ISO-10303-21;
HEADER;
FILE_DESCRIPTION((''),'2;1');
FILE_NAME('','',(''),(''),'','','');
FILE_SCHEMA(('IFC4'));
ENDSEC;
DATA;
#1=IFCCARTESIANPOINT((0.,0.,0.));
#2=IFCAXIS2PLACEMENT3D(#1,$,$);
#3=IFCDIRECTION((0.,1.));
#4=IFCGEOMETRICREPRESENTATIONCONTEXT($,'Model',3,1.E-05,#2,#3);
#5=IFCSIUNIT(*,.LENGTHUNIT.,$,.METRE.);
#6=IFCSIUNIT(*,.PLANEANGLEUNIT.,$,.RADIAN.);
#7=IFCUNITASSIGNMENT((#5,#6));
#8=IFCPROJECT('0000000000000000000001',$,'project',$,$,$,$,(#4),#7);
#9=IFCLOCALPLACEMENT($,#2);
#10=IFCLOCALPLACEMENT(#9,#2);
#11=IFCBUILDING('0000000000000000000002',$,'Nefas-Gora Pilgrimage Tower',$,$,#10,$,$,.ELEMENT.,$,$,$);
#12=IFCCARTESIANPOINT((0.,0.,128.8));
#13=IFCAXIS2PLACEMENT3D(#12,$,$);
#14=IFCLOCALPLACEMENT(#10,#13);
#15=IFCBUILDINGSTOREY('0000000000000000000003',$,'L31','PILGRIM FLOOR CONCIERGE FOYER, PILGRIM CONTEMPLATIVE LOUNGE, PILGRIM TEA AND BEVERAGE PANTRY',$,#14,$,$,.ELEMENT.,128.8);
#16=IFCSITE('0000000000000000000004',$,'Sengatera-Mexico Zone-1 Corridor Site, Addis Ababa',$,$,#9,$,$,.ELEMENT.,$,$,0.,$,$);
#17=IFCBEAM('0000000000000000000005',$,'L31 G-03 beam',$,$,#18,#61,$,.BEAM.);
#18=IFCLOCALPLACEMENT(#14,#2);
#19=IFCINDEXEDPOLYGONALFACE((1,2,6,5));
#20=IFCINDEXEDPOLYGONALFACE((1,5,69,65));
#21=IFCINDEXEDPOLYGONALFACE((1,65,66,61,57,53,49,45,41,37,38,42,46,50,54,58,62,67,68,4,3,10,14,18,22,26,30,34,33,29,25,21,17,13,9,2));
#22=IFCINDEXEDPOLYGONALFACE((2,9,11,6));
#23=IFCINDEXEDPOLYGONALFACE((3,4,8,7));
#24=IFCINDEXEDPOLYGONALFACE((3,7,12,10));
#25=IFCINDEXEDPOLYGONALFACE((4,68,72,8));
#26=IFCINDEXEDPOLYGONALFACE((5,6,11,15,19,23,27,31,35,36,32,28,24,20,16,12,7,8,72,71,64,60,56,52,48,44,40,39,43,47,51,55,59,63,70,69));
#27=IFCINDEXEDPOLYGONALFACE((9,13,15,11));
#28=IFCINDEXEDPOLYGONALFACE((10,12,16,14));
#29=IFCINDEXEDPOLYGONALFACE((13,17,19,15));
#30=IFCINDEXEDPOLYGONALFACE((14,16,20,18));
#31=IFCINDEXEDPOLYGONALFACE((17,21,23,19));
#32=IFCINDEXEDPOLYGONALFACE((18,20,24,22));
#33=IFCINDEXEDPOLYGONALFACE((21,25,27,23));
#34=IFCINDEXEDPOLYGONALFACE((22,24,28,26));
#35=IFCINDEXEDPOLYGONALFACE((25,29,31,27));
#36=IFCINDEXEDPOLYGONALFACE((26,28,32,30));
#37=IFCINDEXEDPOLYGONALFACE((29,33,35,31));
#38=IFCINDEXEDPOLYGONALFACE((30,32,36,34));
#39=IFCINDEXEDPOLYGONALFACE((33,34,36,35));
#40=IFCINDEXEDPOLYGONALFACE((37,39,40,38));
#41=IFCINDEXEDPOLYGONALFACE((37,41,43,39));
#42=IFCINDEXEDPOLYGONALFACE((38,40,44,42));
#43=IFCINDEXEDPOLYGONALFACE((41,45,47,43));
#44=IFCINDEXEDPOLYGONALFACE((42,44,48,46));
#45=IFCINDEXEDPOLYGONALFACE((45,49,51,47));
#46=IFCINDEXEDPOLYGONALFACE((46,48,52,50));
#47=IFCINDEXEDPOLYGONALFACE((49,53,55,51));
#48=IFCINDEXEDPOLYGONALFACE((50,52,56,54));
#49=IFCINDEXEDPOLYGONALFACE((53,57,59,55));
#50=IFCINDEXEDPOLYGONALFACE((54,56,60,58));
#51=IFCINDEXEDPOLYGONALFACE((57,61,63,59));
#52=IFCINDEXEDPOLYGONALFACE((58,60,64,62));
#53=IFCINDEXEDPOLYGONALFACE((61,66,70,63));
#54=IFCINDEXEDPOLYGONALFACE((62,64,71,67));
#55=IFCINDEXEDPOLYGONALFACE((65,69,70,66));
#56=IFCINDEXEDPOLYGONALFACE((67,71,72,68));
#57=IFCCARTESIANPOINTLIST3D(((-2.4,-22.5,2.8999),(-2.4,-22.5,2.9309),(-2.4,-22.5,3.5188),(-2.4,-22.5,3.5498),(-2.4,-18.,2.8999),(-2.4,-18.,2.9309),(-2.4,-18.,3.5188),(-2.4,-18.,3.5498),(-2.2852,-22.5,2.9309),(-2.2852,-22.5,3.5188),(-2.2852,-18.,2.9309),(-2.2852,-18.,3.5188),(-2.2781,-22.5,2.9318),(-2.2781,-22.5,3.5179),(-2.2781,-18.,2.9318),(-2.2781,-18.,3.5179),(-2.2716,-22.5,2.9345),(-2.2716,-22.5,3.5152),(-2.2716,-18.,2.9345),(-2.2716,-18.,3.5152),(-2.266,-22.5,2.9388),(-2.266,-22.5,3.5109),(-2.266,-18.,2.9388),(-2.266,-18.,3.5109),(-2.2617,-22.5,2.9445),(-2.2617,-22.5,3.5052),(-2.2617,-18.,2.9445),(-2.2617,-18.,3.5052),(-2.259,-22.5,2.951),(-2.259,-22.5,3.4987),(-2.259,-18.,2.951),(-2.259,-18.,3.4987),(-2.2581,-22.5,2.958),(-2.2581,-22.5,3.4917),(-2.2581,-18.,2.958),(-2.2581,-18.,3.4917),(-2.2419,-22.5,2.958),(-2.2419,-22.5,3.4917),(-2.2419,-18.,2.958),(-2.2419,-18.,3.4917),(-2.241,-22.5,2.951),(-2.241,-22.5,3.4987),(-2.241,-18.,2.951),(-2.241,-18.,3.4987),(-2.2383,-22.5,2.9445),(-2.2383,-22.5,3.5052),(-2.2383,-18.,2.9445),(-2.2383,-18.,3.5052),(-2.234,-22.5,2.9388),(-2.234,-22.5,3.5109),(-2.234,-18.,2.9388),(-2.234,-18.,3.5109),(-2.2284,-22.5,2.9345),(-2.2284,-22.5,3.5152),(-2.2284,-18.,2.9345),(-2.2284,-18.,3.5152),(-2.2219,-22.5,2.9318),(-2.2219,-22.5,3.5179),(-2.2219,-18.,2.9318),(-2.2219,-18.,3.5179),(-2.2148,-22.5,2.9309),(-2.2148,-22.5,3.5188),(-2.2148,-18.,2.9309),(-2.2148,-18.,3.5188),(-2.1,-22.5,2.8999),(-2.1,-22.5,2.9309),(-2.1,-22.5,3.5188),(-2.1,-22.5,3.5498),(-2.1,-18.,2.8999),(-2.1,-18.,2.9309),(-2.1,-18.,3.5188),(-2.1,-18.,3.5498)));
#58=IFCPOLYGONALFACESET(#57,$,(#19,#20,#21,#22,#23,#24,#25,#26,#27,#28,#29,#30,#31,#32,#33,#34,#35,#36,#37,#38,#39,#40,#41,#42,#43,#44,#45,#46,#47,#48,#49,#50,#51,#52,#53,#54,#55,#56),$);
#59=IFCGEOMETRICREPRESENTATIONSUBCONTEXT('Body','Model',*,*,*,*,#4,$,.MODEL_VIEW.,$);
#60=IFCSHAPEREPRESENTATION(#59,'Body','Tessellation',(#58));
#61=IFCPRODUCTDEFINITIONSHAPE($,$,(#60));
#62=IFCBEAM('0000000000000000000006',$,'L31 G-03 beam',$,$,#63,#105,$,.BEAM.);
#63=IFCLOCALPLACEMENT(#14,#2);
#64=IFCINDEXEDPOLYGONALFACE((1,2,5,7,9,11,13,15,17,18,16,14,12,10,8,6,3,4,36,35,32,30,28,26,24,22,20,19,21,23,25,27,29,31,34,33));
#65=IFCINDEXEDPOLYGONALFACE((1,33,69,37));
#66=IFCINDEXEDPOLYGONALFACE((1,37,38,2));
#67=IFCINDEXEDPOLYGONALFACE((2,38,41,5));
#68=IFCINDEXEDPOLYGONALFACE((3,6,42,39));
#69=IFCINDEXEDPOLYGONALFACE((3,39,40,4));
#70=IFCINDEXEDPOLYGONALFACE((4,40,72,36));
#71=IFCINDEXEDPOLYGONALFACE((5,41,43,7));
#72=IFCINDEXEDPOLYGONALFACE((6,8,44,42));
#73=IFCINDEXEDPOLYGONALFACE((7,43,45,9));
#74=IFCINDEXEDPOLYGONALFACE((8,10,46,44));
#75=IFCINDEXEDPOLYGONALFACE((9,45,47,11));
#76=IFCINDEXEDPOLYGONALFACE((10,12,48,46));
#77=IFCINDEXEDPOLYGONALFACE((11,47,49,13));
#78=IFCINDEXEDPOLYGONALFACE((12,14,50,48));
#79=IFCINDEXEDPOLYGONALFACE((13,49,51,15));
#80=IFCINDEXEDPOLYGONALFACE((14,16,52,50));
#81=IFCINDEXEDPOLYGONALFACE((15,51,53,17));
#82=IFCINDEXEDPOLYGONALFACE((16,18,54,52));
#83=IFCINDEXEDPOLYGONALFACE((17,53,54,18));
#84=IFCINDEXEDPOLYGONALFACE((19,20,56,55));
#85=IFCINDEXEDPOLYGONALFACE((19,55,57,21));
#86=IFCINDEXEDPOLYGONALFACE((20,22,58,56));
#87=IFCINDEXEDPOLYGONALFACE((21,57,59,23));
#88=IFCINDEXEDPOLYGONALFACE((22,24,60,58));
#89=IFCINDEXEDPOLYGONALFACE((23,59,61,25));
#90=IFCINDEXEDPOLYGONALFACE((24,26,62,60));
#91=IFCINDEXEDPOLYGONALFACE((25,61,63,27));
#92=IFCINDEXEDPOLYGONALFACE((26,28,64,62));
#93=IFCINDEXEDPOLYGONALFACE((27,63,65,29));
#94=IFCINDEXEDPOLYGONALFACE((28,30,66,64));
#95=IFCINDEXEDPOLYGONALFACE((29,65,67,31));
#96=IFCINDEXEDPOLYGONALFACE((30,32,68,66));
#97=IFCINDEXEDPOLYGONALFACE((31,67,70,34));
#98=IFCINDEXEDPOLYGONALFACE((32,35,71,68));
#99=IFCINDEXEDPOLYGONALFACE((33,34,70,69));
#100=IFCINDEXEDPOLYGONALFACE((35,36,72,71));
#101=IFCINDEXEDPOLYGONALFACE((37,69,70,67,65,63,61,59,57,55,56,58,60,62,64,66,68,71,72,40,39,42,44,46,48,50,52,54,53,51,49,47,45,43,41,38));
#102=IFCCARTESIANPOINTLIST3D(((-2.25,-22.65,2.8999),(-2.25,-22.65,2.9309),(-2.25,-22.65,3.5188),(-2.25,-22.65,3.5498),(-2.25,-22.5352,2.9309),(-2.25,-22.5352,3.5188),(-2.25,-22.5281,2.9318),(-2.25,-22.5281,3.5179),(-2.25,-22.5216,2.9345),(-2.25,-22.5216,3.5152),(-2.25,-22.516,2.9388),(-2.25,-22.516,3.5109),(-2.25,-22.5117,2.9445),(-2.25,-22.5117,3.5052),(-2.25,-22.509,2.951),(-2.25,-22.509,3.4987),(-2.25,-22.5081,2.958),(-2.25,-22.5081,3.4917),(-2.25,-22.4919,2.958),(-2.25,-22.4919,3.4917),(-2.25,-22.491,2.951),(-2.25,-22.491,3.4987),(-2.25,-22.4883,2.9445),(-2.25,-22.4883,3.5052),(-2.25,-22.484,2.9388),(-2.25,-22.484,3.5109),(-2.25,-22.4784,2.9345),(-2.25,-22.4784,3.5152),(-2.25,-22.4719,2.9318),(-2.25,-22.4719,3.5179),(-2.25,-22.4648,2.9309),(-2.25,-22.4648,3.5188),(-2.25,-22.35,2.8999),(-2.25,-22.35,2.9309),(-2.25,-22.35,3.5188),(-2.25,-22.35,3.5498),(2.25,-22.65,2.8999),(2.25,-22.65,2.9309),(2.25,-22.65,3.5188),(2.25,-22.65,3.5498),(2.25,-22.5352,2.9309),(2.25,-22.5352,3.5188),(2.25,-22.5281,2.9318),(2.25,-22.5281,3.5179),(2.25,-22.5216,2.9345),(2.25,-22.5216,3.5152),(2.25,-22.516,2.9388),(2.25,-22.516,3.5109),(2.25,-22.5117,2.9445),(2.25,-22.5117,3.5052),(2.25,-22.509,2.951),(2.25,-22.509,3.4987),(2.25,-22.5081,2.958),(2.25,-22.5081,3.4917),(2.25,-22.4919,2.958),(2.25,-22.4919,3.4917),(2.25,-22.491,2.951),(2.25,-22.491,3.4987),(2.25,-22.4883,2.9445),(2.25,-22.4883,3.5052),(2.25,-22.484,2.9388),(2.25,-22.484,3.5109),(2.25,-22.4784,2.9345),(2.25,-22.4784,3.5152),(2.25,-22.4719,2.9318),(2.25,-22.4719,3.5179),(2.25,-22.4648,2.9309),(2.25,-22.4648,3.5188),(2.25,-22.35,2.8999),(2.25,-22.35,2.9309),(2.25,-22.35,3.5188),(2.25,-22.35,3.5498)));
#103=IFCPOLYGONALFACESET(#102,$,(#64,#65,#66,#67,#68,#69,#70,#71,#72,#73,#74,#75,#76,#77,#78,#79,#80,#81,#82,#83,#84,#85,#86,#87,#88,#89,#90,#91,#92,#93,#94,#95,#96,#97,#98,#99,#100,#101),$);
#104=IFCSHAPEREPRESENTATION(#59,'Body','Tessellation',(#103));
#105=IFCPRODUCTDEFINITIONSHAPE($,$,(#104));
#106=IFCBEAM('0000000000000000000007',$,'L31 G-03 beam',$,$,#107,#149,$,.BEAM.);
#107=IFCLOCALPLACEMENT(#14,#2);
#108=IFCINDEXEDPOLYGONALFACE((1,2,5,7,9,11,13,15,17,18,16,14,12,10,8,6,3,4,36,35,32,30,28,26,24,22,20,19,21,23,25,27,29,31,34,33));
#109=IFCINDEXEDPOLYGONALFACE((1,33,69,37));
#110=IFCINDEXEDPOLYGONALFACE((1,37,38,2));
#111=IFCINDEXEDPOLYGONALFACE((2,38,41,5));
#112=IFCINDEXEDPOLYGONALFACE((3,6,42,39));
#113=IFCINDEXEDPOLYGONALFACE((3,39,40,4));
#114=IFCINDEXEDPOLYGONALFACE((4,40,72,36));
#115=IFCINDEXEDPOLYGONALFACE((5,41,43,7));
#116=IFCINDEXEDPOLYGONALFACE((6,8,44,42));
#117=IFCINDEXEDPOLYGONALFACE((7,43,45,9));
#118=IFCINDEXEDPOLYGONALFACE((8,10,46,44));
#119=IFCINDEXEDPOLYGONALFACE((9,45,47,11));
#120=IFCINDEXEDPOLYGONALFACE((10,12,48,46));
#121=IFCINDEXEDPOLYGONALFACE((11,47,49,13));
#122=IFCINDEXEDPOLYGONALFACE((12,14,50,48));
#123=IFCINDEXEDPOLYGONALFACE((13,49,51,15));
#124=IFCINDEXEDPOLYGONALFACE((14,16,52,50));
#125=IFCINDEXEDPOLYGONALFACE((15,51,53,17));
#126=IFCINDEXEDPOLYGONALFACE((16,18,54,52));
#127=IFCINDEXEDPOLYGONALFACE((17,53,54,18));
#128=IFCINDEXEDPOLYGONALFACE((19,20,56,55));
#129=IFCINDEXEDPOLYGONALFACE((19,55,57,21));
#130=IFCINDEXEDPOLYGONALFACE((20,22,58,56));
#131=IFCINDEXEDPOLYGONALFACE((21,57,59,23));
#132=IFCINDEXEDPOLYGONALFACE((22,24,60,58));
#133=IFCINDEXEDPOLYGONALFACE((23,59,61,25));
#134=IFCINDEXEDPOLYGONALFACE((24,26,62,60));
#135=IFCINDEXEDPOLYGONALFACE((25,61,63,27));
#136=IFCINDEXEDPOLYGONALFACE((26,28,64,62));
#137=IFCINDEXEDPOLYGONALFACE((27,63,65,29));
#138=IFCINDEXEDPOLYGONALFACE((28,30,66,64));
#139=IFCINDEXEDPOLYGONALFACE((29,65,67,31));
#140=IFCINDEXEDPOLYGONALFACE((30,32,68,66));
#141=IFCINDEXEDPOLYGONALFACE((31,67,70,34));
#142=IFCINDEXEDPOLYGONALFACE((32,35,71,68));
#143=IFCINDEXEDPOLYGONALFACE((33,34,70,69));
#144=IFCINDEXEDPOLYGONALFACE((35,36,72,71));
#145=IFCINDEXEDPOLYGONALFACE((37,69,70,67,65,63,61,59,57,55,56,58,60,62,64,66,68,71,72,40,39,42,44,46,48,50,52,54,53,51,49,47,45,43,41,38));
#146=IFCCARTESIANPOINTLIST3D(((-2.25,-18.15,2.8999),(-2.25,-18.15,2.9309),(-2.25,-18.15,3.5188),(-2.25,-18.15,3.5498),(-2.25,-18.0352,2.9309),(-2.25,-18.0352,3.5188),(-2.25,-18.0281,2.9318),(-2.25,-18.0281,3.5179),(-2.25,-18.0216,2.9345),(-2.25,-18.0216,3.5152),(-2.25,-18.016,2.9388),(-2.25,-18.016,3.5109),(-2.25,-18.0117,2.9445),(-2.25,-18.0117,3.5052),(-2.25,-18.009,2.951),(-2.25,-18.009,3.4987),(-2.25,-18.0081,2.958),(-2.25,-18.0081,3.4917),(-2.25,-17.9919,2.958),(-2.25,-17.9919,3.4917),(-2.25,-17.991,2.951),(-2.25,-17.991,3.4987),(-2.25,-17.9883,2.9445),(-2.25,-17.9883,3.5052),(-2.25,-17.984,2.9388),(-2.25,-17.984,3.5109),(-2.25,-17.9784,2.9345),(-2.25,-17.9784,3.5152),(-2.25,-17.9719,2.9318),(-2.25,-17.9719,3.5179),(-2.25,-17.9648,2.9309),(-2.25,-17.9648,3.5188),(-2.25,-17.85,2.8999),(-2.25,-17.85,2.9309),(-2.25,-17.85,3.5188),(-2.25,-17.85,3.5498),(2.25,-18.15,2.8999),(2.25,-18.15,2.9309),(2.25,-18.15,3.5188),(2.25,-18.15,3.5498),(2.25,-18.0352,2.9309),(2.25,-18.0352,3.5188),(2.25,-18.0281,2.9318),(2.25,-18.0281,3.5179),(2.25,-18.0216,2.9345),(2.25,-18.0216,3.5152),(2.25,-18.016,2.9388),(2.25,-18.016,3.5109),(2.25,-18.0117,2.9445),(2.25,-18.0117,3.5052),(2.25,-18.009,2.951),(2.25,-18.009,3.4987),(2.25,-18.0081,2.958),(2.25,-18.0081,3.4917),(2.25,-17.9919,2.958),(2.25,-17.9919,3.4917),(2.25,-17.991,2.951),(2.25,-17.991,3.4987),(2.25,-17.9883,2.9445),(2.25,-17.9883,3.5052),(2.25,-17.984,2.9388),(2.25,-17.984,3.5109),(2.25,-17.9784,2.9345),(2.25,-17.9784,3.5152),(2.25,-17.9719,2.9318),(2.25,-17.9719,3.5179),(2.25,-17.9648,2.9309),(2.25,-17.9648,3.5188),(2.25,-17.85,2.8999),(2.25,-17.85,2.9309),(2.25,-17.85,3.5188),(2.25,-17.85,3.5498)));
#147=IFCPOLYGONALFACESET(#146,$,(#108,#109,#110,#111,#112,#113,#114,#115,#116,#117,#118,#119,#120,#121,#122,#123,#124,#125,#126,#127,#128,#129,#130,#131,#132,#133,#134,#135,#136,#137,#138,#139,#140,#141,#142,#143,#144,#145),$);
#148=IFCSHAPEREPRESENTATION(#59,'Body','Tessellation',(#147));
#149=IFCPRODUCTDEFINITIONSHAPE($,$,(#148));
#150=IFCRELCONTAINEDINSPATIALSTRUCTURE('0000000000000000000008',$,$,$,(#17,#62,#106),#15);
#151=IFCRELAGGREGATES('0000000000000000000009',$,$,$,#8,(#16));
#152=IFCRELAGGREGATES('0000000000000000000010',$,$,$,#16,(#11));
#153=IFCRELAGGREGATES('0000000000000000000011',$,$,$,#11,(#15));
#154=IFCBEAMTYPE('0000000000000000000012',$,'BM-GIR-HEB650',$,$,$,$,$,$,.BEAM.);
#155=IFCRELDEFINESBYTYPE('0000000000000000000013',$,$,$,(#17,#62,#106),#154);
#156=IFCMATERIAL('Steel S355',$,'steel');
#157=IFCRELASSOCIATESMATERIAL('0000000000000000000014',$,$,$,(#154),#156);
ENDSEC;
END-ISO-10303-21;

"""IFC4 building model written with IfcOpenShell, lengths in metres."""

from ifc_helpers import new_model, si_unit, direction, frame, origin, origin_2d, place, context, subcontext, project, spatial, i_section, extrude, source, transform, mapped, material, material_profile, profile_set, type_object, element, save


model = new_model("IFC4")

# Units and contexts
model_context = context("Model", 3, precision=1e-05, world=origin(), true_north=direction((0.0, 1.0)))
body_context = subcontext(model_context, "Body", "Model", "MODEL_VIEW")
ifc_project = project(units=[si_unit("LENGTHUNIT", "METRE"), si_unit("PLANEANGLEUNIT", "RADIAN")], contexts=[model_context])

# Site, building, storey
site_placement = place(None, origin())
site = spatial("IfcSite", under=ifc_project, at=site_placement, Name="Sengatera-Mexico Zone-1 Corridor Site, Addis Ababa", CompositionType="ELEMENT", RefElevation=0.0)
building_placement = place(site_placement, origin())
building = spatial("IfcBuilding", under=site, at=building_placement, Name="Nefas-Gora Pilgrimage Tower", CompositionType="ELEMENT")
storey_placement = place(building_placement, frame((0.0, 0.0, 128.8)))
storey = spatial("IfcBuildingStorey", under=building, at=storey_placement, Name="L31", Description="PILGRIM FLOOR CONCIERGE FOYER, PILGRIM CONTEMPLATIVE LOUNGE, PILGRIM TEA AND BEVERAGE PANTRY", CompositionType="ELEMENT", Elevation=128.8)

# Beams
ifc_material_1 = material(Name="Steel S355", Category="steel")
ifc_material_profile_1 = material_profile(ifc_material_1, i_section(OverallWidth=0.3, OverallDepth=0.6499, WebThickness=0.0161, FlangeThickness=0.031, FilletRadius=0.0271, at=origin_2d()), Name="HEB 650")
ifc_profile_set_1 = profile_set([ifc_material_profile_1], Name="Steel S355")
beam_type = type_object("IfcBeamType", Name="BM-GIR-HEB650", PredefinedType="BEAM", material=ifc_profile_set_1)
shared_shape_1 = source(origin(), body_context, "Body", "SweptSolid", [
    extrude(i_section(OverallWidth=0.3, OverallDepth=0.6499, WebThickness=0.0161, FlangeThickness=0.031, FilletRadius=0.0271, at=origin_2d()), origin(), (0.0, 0.0, 1.0), 4.5),
])
for number, where, z_axis, x_axis, name in (
    (1, (-2.25, -22.5, 3.2249), (0.0, 1.0, 0.0), (-1.0, 0.0, 0.0), "L31 G-03 beam"),
    (2, (-2.25, -22.5, 3.2249), (1.0, 0.0, 0.0), (0.0, 1.0, 0.0), "L31 G-03 beam"),
    (3, (-2.25, -18.0, 3.2249), (1.0, 0.0, 0.0), (0.0, 1.0, 0.0), "L31 G-03 beam"),
):
    element("IfcBeam", number, at=place(storey_placement, frame(where, z_axis=z_axis, x_axis=x_axis)), inside=storey, type_object=beam_type, Name=name, PredefinedType="BEAM", context=body_context, shape_type="MappedRepresentation", body=[
        mapped(shared_shape_1, transform((0.0, 0.0, 0.0), x_axis=(1.0, 0.0, 0.0), y_axis=(0.0, 1.0, 0.0), z_axis=(0.0, 0.0, 1.0), scale=1.0)),
    ])

save(model, "model.ifc")
